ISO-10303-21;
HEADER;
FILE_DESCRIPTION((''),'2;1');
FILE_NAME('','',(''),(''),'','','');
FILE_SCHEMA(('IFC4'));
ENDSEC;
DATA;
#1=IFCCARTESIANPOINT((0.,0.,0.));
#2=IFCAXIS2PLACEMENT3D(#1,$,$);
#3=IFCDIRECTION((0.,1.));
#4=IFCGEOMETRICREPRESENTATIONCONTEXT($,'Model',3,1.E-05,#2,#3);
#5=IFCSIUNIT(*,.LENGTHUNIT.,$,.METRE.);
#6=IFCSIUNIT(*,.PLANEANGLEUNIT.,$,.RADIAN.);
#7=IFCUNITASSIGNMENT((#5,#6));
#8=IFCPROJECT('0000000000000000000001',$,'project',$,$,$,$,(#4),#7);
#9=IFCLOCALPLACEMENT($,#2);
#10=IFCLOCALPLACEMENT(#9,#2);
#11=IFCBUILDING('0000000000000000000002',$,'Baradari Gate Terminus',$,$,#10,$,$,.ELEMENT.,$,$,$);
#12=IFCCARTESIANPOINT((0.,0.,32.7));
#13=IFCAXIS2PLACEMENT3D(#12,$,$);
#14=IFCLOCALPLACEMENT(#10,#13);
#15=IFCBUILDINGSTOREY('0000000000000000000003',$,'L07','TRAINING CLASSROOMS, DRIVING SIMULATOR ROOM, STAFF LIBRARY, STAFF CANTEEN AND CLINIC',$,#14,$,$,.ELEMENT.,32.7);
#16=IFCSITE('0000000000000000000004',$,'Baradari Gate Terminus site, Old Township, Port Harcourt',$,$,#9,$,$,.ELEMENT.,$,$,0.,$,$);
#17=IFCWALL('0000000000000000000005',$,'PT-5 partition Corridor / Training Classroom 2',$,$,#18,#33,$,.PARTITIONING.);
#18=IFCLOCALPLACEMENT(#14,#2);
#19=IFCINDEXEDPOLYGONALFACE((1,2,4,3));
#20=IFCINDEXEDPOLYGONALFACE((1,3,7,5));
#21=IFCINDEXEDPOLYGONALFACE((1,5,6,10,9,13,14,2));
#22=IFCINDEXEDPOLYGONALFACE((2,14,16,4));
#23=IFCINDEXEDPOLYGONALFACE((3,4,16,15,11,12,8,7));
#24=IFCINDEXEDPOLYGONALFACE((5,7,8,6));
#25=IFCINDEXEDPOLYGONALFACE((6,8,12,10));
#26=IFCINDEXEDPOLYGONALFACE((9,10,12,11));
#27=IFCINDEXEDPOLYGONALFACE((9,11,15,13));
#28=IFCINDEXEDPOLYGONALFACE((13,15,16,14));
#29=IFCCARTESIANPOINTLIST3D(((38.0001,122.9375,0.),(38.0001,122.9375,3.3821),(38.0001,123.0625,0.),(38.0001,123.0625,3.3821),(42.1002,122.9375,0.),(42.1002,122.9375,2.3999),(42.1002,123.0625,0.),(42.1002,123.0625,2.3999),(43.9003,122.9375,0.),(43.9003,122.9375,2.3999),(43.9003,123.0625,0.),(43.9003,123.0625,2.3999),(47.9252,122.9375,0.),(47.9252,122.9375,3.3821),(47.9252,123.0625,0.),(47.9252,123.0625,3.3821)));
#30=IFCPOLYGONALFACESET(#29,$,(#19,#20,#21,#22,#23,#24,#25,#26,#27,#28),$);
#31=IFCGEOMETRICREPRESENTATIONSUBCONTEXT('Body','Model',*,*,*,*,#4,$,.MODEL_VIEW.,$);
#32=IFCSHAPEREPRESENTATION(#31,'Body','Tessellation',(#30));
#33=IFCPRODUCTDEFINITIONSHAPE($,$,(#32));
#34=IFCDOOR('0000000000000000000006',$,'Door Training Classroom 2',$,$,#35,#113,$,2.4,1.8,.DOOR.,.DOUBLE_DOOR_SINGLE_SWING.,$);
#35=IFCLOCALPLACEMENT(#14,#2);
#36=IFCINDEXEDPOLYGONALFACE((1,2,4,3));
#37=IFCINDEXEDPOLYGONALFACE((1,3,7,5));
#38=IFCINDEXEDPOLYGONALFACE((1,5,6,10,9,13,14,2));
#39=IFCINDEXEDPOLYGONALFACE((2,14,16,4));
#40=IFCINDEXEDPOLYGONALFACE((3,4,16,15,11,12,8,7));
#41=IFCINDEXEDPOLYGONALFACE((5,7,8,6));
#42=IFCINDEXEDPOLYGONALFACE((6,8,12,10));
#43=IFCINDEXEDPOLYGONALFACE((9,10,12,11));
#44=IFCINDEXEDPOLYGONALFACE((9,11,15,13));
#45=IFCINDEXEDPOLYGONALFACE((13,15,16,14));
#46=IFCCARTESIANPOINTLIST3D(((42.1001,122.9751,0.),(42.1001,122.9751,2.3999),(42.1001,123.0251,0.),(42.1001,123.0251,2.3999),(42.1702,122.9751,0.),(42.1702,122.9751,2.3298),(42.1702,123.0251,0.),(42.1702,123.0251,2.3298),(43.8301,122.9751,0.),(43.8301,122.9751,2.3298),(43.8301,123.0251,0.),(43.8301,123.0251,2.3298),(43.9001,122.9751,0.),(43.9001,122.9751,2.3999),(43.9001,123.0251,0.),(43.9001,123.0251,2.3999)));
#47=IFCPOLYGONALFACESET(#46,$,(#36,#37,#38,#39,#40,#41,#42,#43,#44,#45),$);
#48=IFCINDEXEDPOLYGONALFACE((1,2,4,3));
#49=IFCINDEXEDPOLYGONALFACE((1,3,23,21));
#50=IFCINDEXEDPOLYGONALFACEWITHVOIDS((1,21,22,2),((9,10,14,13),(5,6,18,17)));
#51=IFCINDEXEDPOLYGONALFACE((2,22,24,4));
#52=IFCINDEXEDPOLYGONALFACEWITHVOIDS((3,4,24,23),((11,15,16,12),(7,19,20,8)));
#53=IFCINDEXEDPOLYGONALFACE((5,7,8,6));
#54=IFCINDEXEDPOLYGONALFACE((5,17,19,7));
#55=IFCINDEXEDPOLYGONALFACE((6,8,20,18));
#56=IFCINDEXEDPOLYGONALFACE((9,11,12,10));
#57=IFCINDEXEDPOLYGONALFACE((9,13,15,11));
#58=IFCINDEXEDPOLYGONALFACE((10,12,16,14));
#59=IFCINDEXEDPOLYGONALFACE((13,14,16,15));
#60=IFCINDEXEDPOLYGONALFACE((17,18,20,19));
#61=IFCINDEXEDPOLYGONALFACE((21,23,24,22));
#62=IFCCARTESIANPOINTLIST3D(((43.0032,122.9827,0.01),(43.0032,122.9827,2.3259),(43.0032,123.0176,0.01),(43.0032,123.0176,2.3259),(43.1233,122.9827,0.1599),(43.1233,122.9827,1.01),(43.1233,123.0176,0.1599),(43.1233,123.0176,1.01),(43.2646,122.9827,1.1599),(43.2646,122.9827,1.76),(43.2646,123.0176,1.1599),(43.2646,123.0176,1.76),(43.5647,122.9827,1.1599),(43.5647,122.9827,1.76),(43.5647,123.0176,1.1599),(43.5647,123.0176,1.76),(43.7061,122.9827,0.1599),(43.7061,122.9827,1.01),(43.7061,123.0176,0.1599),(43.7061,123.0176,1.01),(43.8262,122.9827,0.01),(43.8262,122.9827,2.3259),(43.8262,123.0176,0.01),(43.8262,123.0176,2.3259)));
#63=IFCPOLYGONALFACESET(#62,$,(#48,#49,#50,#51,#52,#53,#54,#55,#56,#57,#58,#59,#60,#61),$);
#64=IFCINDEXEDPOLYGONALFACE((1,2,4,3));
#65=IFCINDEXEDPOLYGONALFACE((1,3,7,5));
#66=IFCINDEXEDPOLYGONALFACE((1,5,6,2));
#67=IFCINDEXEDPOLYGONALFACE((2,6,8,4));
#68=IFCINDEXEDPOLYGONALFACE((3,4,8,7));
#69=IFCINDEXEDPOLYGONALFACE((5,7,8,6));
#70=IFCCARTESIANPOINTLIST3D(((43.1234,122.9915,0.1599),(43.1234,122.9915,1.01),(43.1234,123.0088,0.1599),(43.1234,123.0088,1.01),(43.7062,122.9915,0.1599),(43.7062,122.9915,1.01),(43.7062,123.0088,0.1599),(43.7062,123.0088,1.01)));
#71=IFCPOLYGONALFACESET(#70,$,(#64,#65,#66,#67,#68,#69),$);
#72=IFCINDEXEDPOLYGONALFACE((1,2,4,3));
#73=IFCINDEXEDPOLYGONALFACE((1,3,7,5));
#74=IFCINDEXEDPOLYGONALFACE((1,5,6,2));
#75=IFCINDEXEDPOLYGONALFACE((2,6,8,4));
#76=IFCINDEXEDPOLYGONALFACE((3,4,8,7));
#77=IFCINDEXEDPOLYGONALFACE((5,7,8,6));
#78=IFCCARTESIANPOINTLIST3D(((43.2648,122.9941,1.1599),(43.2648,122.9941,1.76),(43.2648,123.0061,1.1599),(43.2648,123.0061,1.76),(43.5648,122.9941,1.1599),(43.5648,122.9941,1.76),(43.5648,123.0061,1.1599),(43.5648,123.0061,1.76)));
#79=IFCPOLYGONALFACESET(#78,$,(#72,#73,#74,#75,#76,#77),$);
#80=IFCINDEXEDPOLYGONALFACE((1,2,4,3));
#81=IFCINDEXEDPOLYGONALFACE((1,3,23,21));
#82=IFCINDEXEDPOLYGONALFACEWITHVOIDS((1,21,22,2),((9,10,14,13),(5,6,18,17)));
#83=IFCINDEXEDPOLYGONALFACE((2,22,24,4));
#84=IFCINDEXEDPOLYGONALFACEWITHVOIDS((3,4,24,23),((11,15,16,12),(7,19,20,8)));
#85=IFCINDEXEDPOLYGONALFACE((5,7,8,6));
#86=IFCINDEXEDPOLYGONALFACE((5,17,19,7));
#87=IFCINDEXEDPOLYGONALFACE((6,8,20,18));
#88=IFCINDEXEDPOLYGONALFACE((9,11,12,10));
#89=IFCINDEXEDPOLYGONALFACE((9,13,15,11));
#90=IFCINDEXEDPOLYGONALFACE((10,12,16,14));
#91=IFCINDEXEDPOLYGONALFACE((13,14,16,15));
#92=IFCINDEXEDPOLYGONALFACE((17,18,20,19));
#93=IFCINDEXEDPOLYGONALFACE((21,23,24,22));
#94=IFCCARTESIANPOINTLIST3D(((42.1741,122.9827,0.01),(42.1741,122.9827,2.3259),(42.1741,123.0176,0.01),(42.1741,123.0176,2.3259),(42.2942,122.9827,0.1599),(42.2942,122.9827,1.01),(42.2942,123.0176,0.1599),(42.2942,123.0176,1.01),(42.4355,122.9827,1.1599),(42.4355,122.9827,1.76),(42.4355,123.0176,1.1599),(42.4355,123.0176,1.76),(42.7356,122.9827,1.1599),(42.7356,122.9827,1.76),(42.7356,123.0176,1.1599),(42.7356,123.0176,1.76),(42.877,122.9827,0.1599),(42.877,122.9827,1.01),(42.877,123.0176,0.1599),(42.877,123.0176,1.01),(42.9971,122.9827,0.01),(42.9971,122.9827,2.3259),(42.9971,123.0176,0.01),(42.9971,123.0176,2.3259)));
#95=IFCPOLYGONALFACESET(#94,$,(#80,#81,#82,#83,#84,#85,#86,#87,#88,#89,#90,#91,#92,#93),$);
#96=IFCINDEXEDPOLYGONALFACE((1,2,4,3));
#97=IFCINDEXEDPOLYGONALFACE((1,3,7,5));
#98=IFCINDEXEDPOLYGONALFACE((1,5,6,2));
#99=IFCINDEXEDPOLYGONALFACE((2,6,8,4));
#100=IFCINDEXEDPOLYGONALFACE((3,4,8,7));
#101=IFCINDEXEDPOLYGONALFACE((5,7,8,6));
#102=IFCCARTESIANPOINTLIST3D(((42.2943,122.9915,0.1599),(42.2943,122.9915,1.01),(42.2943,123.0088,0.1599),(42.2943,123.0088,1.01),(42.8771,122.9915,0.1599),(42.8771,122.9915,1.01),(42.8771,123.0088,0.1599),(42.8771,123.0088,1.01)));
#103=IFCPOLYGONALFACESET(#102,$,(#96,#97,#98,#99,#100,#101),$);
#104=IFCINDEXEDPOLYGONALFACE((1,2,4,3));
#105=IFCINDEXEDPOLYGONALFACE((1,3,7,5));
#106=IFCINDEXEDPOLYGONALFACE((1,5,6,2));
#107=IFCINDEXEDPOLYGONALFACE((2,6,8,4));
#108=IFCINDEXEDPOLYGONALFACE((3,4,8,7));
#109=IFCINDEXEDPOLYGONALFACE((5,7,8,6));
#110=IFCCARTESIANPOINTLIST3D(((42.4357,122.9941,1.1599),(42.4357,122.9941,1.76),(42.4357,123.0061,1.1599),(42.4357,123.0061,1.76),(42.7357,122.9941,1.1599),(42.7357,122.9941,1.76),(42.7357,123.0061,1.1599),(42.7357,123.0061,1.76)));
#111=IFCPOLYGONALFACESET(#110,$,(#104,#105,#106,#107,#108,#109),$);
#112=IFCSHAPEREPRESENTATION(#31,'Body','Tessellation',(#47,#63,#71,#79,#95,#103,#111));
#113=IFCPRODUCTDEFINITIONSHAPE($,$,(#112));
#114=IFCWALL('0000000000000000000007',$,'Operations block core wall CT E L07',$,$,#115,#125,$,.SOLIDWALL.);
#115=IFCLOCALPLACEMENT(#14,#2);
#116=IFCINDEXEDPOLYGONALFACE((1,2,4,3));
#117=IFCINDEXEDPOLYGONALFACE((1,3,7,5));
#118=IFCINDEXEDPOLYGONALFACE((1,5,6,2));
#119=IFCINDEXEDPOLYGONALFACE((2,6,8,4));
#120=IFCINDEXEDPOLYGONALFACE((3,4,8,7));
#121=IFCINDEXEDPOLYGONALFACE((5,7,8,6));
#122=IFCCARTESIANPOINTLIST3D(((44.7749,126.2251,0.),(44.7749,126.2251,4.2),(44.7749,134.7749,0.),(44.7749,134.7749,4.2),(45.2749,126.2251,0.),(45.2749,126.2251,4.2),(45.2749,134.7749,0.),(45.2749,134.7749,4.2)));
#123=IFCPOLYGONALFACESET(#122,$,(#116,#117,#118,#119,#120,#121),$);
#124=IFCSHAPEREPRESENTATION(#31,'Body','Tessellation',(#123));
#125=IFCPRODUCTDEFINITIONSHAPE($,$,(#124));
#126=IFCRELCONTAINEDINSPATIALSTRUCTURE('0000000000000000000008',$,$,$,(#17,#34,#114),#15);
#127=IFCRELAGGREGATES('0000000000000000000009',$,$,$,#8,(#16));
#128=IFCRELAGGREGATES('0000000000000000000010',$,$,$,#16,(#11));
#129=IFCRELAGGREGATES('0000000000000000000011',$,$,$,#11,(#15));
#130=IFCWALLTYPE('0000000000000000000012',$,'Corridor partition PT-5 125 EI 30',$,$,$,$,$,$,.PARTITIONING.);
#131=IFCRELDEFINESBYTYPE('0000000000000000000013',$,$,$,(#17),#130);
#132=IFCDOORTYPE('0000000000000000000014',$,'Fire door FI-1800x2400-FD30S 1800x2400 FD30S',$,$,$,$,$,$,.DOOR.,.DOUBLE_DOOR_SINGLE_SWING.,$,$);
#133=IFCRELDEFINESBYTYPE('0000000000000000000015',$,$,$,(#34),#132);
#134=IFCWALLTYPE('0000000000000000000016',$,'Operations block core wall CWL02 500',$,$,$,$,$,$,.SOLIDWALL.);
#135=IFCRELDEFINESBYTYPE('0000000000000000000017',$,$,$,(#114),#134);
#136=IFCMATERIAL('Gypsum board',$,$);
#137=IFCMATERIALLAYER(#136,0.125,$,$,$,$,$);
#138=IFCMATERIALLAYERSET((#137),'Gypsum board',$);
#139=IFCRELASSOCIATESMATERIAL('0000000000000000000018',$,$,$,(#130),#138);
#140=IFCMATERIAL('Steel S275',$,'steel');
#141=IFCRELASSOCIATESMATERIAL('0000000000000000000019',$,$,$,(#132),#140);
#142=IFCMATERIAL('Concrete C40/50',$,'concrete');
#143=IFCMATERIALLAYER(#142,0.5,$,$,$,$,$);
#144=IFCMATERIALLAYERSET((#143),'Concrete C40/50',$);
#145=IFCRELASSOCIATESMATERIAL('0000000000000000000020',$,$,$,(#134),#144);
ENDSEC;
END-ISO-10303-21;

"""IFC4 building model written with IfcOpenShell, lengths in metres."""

from ifc_helpers import new_model, si_unit, direction, frame, frame_2d, origin, place, context, subcontext, project, spatial, polyline, rectangle, outline, extrude, material, layer, layer_set, type_object, element, fill, save


model = new_model("IFC4")

# Units and contexts
model_context = context("Model", 3, precision=1e-05, world=origin(), true_north=direction((0.0, 1.0)))
body_context = subcontext(model_context, "Body", "Model", "MODEL_VIEW")
ifc_project = project(units=[si_unit("LENGTHUNIT", "METRE"), si_unit("PLANEANGLEUNIT", "RADIAN")], contexts=[model_context])

# Site, building, storey
site_placement = place(None, origin())
site = spatial("IfcSite", under=ifc_project, at=site_placement, Name="Baradari Gate Terminus site, Old Township, Port Harcourt", CompositionType="ELEMENT", RefElevation=0.0)
building_placement = place(site_placement, origin())
building = spatial("IfcBuilding", under=site, at=building_placement, Name="Baradari Gate Terminus", CompositionType="ELEMENT")
storey_placement = place(building_placement, frame((0.0, 0.0, 32.7)))
storey = spatial("IfcBuildingStorey", under=building, at=storey_placement, Name="L07", Description="TRAINING CLASSROOMS, DRIVING SIMULATOR ROOM, STAFF LIBRARY, STAFF CANTEEN AND CLINIC", CompositionType="ELEMENT", Elevation=32.7)

# Wall, opening, door
ifc_material_1 = material(Name="Gypsum board")
ifc_layer_1 = layer(ifc_material_1, 0.125)
ifc_layer_set_1 = layer_set([ifc_layer_1], Name="Gypsum board")
wall_type_1 = type_object("IfcWallType", Name="Corridor partition PT-5 125 EI 30", PredefinedType="PARTITIONING", material=ifc_layer_set_1)
wall_1_placement = place(storey_placement, frame((47.925, 123.0, 0.0), z_axis=(0.0, 0.0, 1.0), x_axis=(-1.0, 0.0, 0.0)))
wall_1 = element("IfcWall", 1, at=wall_1_placement, inside=storey, type_object=wall_type_1, Name="PT-5 partition Corridor / Training Classroom 2", PredefinedType="PARTITIONING", context=body_context, shape_type="SweptSolid", body=[
    extrude(rectangle(XDim=9.925, YDim=0.125, at=frame_2d((4.9624, 0.0))), origin(), (0.0, 0.0, 1.0), 3.3821),
])
opening_placement = place(wall_1_placement, frame((4.0249, 0.0, 0.0)))
opening = element("IfcOpeningElement", 2, at=opening_placement, cuts=wall_1, PredefinedType="OPENING", context=body_context, shape_type="SweptSolid", body=[
    extrude(rectangle(XDim=1.8, YDim=2.3999, at=frame_2d((0.8999, 1.2))), frame((0.0, 0.0725, 0.0), z_axis=(0.0, -1.0, 0.0), x_axis=(1.0, 0.0, 0.0)), (0.0, 0.0, 1.0), 0.145),
])
ifc_material_2 = material(Name="Steel S275", Category="steel")
door_type = type_object("IfcDoorType", Name="Fire door FI-1800x2400-FD30S 1800x2400 FD30S", OperationType="DOUBLE_DOOR_SINGLE_SWING", PredefinedType="DOOR", material=ifc_material_2)
door_placement = place(opening_placement, origin())
door = element("IfcDoor", 3, at=door_placement, inside=storey, type_object=door_type, Name="Door Training Classroom 2", OperationType="DOUBLE_DOOR_SINGLE_SWING", OverallHeight=2.4, OverallWidth=1.8, PredefinedType="DOOR", context=body_context, shape_type="SweptSolid", body=[
    extrude(outline(polyline([(0.0, 0.0), (0.0701, 0.0), (0.0701, 2.3298), (1.73, 2.3298), (1.73, 0.0), (1.8, 0.0), (1.8, 2.3999), (0.0, 2.3999), (0.0, 0.0)])), frame((0.0, 0.0249, 0.0), z_axis=(0.0, -1.0, 0.0), x_axis=(1.0, 0.0, 0.0)), (0.0, 0.0, 1.0), 0.05),
    extrude(outline(polyline([(0.074, 0.01), (0.897, 0.01), (0.897, 2.3259), (0.074, 2.3259), (0.074, 0.01)]), holes=[polyline([(0.1941, 0.1599), (0.7769, 0.1599), (0.7769, 1.01), (0.1941, 1.01), (0.1941, 0.1599)]), polyline([(0.3354, 1.1599), (0.6355, 1.1599), (0.6355, 1.76), (0.3354, 1.76), (0.3354, 1.1599)])]), frame((0.0, 0.0173, 0.0), z_axis=(0.0, -1.0, 0.0), x_axis=(1.0, 0.0, 0.0)), (0.0, 0.0, 1.0), 0.0349),
    extrude(rectangle(XDim=0.5828, YDim=0.8501, at=frame_2d((0.4854, 0.585))), frame((0.0, 0.0085, 0.0), z_axis=(0.0, -1.0, 0.0), x_axis=(1.0, 0.0, 0.0)), (0.0, 0.0, 1.0), 0.0173),
    extrude(rectangle(XDim=0.3, YDim=0.6001, at=frame_2d((0.4854, 1.46))), frame((0.0, 0.0059, 0.0), z_axis=(0.0, -1.0, 0.0), x_axis=(1.0, 0.0, 0.0)), (0.0, 0.0, 1.0), 0.012),
    extrude(outline(polyline([(0.9031, 0.01), (1.7261, 0.01), (1.7261, 2.3259), (0.9031, 2.3259), (0.9031, 0.01)]), holes=[polyline([(1.0232, 0.1599), (1.606, 0.1599), (1.606, 1.01), (1.0232, 1.01), (1.0232, 0.1599)]), polyline([(1.1646, 1.1599), (1.4646, 1.1599), (1.4646, 1.76), (1.1646, 1.76), (1.1646, 1.1599)])]), frame((0.0, 0.0173, 0.0), z_axis=(0.0, -1.0, 0.0), x_axis=(1.0, 0.0, 0.0)), (0.0, 0.0, 1.0), 0.0349),
    extrude(rectangle(XDim=0.5828, YDim=0.8501, at=frame_2d((1.3145, 0.585))), frame((0.0, 0.0085, 0.0), z_axis=(0.0, -1.0, 0.0), x_axis=(1.0, 0.0, 0.0)), (0.0, 0.0, 1.0), 0.0173),
    extrude(rectangle(XDim=0.3, YDim=0.6001, at=frame_2d((1.3145, 1.46))), frame((0.0, 0.0059, 0.0), z_axis=(0.0, -1.0, 0.0), x_axis=(1.0, 0.0, 0.0)), (0.0, 0.0, 1.0), 0.012),
])
fill(opening, door)

# Wall
ifc_material_3 = material(Name="Concrete C40/50", Category="concrete")
ifc_layer_2 = layer(ifc_material_3, 0.5)
ifc_layer_set_2 = layer_set([ifc_layer_2], Name="Concrete C40/50")
wall_type_2 = type_object("IfcWallType", Name="Operations block core wall CWL02 500", PredefinedType="SOLIDWALL", material=ifc_layer_set_2)
wall_2_placement = place(storey_placement, frame((45.0249, 126.2251, 0.0), z_axis=(0.0, 0.0, 1.0), x_axis=(0.0, 1.0, 0.0)))
element("IfcWall", 4, at=wall_2_placement, inside=storey, type_object=wall_type_2, Name="Operations block core wall CT E L07", PredefinedType="SOLIDWALL", context=body_context, shape_type="SweptSolid", body=[
    extrude(rectangle(XDim=8.5498, YDim=0.5, at=frame_2d((4.2749, 0.0))), origin(), (0.0, 0.0, 1.0), 4.2),
])

save(model, "model.ifc")
